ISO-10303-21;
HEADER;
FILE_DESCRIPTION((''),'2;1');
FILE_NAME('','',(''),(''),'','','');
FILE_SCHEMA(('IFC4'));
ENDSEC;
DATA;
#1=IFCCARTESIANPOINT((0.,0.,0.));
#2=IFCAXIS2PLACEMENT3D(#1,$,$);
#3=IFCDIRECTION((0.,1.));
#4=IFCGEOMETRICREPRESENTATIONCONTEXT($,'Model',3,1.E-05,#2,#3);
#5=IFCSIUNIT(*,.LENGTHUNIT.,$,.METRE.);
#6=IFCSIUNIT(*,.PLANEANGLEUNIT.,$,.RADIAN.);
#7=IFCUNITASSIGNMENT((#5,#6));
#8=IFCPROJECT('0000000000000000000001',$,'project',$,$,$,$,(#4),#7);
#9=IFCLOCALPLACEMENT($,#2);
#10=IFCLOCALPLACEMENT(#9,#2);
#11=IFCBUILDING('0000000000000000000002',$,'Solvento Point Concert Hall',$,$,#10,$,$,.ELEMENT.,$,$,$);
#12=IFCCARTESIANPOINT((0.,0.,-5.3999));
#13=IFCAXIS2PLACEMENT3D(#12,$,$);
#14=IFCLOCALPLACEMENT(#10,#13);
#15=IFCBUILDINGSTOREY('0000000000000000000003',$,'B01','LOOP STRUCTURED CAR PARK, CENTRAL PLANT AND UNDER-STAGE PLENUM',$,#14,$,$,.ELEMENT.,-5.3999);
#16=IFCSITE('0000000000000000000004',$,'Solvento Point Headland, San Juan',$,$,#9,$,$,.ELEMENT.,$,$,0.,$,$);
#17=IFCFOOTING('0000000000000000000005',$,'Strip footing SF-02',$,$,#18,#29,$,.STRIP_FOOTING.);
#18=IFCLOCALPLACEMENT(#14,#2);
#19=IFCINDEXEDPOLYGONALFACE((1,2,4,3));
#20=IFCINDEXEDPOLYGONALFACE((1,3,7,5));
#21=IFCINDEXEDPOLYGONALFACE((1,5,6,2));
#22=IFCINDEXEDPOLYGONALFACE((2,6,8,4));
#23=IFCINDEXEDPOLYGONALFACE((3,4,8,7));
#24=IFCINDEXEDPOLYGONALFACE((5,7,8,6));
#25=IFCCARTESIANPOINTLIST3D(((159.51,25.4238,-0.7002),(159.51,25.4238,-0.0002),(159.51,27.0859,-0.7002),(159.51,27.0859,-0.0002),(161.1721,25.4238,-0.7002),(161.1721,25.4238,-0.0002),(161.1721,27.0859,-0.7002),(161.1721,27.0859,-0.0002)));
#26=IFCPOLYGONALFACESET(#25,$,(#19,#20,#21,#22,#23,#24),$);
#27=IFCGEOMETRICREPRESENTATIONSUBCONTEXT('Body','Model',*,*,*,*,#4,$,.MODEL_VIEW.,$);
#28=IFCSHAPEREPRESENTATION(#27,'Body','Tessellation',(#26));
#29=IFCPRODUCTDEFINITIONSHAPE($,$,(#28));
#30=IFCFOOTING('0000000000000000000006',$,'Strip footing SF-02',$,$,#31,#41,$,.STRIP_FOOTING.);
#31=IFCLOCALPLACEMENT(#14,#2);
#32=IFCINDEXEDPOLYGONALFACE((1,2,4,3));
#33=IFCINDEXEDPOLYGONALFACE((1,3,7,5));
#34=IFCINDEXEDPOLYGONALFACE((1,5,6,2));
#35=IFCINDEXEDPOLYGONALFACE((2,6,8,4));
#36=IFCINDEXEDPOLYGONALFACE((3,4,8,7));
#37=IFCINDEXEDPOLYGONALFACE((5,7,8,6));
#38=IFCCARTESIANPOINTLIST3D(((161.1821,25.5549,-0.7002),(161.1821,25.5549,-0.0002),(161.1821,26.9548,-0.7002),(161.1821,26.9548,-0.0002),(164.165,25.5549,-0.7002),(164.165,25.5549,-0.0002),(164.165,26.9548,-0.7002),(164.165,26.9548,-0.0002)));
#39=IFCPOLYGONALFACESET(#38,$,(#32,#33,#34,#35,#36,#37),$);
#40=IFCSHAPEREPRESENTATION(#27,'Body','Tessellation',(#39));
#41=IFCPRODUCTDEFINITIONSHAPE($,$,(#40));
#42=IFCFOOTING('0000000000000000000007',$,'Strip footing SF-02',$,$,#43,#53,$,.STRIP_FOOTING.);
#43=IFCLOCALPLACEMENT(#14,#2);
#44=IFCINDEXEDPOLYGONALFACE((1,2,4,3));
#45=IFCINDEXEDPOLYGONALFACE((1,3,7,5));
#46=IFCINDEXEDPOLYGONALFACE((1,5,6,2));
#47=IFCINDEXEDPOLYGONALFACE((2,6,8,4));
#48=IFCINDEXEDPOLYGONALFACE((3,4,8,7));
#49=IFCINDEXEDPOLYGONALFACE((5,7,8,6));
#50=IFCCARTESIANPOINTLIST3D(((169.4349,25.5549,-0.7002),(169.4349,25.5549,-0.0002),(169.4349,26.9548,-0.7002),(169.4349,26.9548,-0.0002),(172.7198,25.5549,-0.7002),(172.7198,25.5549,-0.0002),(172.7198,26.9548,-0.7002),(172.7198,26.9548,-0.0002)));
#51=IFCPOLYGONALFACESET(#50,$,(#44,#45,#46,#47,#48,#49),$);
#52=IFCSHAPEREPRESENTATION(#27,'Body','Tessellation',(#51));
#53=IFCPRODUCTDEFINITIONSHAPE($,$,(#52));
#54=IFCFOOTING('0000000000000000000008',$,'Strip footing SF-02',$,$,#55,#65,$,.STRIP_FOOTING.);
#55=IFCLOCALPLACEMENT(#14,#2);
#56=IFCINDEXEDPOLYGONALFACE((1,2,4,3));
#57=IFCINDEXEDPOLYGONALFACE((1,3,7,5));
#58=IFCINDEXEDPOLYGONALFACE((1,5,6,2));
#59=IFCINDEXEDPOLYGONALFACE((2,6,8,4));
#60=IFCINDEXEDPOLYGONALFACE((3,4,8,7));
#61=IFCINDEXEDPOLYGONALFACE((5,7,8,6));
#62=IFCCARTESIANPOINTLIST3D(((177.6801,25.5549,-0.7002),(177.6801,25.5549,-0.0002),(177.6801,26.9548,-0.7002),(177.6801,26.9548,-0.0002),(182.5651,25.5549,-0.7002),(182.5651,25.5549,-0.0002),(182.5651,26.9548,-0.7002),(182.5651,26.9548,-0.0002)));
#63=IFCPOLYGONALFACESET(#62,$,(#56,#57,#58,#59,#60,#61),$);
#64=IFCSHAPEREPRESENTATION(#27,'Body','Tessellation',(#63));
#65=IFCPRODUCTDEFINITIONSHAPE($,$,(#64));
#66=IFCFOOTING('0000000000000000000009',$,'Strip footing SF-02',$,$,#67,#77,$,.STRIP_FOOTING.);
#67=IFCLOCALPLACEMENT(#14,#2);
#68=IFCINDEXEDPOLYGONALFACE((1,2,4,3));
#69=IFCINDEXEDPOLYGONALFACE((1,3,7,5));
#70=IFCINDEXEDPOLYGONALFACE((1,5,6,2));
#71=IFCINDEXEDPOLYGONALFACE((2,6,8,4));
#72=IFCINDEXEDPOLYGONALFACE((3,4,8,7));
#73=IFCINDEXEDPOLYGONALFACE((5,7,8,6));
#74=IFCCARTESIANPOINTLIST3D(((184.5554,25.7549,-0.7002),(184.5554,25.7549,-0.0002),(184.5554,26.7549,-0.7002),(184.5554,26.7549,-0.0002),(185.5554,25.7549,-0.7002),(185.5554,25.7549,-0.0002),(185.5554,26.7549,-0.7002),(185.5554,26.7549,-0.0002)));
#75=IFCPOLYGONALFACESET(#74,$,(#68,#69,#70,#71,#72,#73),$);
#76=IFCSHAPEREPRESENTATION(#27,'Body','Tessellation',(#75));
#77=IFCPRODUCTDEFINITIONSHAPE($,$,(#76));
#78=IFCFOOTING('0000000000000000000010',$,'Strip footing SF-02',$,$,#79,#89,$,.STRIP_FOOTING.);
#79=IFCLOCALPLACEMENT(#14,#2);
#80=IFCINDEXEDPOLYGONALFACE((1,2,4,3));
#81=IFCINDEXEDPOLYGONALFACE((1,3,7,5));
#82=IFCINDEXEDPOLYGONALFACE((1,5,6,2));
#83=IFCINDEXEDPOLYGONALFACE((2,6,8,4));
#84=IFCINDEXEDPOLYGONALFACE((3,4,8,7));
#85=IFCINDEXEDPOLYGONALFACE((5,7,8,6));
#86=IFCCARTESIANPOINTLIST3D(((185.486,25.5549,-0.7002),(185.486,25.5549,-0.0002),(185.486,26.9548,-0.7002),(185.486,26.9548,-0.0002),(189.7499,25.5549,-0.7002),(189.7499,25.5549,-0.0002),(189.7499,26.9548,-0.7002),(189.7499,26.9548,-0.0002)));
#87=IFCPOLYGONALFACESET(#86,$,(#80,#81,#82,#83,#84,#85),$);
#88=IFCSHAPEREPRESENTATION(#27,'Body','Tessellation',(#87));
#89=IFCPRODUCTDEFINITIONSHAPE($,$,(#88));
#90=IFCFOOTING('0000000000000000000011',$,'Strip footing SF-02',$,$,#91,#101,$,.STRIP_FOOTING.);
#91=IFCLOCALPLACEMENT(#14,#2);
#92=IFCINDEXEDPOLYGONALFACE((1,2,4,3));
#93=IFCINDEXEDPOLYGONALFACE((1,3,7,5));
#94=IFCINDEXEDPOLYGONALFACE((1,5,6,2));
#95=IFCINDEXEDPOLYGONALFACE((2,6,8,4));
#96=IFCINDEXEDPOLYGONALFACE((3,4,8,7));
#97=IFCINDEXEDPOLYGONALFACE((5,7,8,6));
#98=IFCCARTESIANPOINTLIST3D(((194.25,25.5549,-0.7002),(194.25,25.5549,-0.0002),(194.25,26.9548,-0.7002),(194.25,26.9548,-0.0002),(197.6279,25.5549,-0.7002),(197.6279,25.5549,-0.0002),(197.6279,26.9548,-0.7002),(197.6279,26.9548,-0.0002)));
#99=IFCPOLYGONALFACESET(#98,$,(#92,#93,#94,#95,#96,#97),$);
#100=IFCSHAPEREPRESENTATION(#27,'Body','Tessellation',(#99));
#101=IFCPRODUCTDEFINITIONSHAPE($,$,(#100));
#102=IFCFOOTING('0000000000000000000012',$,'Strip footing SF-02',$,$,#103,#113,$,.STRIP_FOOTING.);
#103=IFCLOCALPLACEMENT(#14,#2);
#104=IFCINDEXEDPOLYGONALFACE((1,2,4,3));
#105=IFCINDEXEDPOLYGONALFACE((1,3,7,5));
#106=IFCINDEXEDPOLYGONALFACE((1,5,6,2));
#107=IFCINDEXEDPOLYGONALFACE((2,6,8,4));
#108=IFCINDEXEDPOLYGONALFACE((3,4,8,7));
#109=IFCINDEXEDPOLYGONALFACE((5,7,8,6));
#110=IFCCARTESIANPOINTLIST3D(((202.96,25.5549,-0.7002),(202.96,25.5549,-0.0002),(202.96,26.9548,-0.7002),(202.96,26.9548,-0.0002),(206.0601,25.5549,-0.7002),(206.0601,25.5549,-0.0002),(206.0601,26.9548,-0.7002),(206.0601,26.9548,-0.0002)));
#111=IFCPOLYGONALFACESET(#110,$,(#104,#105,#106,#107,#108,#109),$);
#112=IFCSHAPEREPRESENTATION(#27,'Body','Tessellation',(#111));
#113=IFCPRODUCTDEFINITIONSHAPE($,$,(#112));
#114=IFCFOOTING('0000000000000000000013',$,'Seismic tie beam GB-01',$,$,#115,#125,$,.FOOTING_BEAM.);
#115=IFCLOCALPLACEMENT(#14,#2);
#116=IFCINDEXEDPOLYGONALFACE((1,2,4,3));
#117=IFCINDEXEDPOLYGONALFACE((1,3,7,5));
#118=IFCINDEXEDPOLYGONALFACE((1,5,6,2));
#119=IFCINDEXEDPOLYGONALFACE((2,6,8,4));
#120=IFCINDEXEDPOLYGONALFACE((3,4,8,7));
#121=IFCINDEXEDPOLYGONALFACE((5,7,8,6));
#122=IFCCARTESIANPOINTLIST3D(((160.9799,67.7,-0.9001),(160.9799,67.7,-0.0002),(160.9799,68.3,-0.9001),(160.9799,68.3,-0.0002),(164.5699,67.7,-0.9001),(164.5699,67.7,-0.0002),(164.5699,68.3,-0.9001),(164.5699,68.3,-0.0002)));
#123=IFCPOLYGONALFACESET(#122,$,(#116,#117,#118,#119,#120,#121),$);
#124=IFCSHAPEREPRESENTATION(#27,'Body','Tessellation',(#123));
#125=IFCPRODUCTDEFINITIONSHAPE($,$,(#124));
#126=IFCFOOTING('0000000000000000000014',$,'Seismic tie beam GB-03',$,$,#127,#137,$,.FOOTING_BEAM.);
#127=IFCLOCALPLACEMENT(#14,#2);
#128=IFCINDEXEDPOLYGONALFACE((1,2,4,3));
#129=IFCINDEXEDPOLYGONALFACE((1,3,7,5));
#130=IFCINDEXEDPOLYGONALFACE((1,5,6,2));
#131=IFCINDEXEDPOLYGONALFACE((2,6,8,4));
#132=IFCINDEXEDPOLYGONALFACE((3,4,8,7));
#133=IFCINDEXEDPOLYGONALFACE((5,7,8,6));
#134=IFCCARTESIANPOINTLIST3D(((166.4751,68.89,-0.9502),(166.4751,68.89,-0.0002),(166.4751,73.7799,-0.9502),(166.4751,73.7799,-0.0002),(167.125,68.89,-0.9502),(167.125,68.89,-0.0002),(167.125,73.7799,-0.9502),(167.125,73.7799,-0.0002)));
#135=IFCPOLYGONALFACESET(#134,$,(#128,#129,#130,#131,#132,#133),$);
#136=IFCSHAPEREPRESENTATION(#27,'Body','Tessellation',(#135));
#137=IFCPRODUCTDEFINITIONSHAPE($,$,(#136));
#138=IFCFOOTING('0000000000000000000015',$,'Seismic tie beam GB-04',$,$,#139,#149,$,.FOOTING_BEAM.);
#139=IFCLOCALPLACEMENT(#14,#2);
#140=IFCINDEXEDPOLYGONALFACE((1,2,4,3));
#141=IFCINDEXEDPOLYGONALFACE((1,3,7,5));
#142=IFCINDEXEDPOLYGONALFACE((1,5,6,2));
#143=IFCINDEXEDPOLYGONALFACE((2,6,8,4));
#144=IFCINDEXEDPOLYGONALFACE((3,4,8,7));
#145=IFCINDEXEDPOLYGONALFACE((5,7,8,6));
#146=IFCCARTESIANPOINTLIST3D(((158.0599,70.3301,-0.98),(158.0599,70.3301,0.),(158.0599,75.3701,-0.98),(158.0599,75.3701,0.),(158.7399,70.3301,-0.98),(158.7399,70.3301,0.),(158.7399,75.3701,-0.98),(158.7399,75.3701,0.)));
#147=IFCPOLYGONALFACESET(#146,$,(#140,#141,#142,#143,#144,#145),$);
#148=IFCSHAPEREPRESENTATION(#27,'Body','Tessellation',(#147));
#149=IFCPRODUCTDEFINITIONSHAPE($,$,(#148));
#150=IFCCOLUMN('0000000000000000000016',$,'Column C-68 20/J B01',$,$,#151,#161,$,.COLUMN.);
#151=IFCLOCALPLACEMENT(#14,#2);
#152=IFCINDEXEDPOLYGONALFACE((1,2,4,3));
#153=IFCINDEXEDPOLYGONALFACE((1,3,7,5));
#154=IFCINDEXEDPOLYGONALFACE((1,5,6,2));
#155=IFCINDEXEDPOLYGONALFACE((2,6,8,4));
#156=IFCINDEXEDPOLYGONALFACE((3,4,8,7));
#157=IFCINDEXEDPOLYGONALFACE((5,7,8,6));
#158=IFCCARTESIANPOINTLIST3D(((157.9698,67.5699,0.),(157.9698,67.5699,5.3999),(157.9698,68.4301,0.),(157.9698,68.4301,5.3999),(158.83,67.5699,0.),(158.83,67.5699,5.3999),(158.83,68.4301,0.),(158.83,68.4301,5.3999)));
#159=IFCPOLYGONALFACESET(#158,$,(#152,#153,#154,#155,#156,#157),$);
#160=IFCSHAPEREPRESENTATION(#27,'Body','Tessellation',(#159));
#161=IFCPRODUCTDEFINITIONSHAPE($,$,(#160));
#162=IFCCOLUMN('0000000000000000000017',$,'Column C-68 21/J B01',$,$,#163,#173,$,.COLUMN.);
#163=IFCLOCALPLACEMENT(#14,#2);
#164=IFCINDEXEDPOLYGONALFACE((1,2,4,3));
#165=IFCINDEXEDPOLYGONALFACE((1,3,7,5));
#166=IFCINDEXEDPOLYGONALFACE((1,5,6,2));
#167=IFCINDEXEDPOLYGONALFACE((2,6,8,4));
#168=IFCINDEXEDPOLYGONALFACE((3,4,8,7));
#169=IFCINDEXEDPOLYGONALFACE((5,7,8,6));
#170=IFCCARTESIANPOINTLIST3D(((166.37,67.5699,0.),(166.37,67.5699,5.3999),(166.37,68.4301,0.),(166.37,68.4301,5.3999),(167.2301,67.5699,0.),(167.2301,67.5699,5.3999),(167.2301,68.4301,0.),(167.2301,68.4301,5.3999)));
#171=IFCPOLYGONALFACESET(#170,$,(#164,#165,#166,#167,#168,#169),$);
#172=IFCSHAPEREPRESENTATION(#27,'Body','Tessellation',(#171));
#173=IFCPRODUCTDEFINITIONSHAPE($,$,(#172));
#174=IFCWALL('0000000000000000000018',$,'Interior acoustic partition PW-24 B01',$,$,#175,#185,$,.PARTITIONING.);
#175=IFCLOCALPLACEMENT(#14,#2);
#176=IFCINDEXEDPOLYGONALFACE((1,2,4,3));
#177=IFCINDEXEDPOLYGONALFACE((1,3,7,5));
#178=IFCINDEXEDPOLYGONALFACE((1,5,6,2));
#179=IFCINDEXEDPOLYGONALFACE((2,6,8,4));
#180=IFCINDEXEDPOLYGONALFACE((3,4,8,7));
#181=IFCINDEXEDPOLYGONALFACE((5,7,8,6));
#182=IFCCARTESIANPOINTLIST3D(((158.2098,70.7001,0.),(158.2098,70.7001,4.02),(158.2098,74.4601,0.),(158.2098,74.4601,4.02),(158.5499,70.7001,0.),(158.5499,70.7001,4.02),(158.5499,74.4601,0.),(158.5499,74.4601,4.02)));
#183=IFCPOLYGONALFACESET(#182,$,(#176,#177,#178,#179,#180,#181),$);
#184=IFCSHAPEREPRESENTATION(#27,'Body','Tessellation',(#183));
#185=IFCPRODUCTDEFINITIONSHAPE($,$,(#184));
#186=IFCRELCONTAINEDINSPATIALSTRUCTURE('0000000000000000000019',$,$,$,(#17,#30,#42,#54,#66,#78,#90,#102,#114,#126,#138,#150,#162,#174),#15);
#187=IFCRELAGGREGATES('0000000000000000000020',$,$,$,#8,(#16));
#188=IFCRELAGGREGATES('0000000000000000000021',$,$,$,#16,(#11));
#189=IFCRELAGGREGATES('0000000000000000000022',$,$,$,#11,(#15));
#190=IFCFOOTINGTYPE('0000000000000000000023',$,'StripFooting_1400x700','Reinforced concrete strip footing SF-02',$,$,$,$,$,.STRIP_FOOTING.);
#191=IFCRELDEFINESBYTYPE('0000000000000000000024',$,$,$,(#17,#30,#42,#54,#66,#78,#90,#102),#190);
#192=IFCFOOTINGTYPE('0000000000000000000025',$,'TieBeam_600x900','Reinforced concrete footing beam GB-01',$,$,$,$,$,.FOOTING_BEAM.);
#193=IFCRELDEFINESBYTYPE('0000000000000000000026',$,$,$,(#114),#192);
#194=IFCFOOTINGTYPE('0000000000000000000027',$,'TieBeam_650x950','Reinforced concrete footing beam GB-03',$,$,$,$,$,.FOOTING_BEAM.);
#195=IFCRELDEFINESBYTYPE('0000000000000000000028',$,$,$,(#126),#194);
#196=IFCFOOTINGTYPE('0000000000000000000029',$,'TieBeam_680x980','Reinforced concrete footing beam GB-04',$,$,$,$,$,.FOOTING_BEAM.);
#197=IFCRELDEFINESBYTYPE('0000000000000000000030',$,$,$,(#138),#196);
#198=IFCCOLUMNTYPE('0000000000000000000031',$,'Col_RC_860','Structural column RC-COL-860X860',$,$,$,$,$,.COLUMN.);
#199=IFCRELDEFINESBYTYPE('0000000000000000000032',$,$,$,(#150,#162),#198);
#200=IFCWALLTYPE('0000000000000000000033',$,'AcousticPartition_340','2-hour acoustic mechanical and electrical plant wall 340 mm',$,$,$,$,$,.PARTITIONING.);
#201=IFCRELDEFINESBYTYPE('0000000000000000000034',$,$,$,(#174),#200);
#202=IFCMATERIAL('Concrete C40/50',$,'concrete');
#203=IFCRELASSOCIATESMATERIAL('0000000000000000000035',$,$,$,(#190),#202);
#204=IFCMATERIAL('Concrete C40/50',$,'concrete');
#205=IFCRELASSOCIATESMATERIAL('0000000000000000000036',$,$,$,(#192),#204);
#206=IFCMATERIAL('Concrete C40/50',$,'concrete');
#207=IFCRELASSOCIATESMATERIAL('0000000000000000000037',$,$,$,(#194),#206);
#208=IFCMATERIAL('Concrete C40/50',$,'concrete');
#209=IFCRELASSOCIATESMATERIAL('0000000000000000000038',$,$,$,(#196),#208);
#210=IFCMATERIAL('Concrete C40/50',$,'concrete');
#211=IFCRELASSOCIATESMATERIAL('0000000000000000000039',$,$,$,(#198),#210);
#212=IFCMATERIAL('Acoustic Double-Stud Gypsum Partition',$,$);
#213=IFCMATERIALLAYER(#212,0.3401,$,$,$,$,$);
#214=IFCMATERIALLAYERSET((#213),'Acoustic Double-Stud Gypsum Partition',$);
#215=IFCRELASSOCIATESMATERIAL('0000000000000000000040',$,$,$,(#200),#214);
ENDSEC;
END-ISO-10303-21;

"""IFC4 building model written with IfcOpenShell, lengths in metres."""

from ifc_helpers import new_model, si_unit, direction, frame, frame_2d, origin, origin_2d, place, context, subcontext, project, spatial, rectangle, extrude, material, layer, layer_set, material_profile, profile_set, type_object, element, save


model = new_model("IFC4")

# Units and contexts
model_context = context("Model", 3, precision=1e-05, world=origin(), true_north=direction((0.0, 1.0)))
body_context = subcontext(model_context, "Body", "Model", "MODEL_VIEW")
ifc_project = project(units=[si_unit("LENGTHUNIT", "METRE"), si_unit("PLANEANGLEUNIT", "RADIAN")], contexts=[model_context])

# Site, building, storey
site_placement = place(None, origin())
site = spatial("IfcSite", under=ifc_project, at=site_placement, Name="Solvento Point Headland, San Juan", CompositionType="ELEMENT", RefElevation=0.0)
building_placement = place(site_placement, origin())
building = spatial("IfcBuilding", under=site, at=building_placement, Name="Solvento Point Concert Hall", CompositionType="ELEMENT")
storey_placement = place(building_placement, frame((0.0, 0.0, -5.3999)))
storey = spatial("IfcBuildingStorey", under=building, at=storey_placement, Name="B01", Description="LOOP STRUCTURED CAR PARK, CENTRAL PLANT AND UNDER-STAGE PLENUM", CompositionType="ELEMENT", Elevation=-5.3999)

# Footings
ifc_material_1 = material(Name="Concrete C40/50", Category="concrete")
footing_type_1 = type_object("IfcFootingType", Name="StripFooting_1400x700", Description="Reinforced concrete strip footing SF-02", PredefinedType="STRIP_FOOTING", material=ifc_material_1)
footing_1_placement = place(storey_placement, frame((160.3411, 26.2549, -0.7002), z_axis=(0.0, 0.0, 1.0), x_axis=(1.0, 0.0, 0.0)))
element("IfcFooting", 1, at=footing_1_placement, inside=storey, type_object=footing_type_1, Name="Strip footing SF-02", PredefinedType="STRIP_FOOTING", context=body_context, shape_type="SweptSolid", body=[
    extrude(rectangle(XDim=1.6621, YDim=1.6621, at=origin_2d()), origin(), (0.0, 0.0, 1.0), 0.7),
])
footing_2_placement = place(storey_placement, frame((162.6736, 26.2549, -0.7002), z_axis=(0.0, 0.0, 1.0), x_axis=(1.0, 0.0, 0.0)))
element("IfcFooting", 2, at=footing_2_placement, inside=storey, type_object=footing_type_1, Name="Strip footing SF-02", PredefinedType="STRIP_FOOTING", context=body_context, shape_type="SweptSolid", body=[
    extrude(rectangle(XDim=2.9829, YDim=1.3999, at=origin_2d()), origin(), (0.0, 0.0, 1.0), 0.7),
])
footing_3_placement = place(storey_placement, frame((171.0774, 26.2549, -0.7002), z_axis=(0.0, 0.0, 1.0), x_axis=(1.0, 0.0, 0.0)))
element("IfcFooting", 3, at=footing_3_placement, inside=storey, type_object=footing_type_1, Name="Strip footing SF-02", PredefinedType="STRIP_FOOTING", context=body_context, shape_type="SweptSolid", body=[
    extrude(rectangle(XDim=3.2849, YDim=1.3999, at=origin_2d()), origin(), (0.0, 0.0, 1.0), 0.7),
])
footing_4_placement = place(storey_placement, frame((180.1226, 26.2549, -0.7002), z_axis=(0.0, 0.0, 1.0), x_axis=(1.0, 0.0, 0.0)))
element("IfcFooting", 4, at=footing_4_placement, inside=storey, type_object=footing_type_1, Name="Strip footing SF-02", PredefinedType="STRIP_FOOTING", context=body_context, shape_type="SweptSolid", body=[
    extrude(rectangle(XDim=4.885, YDim=1.3999, at=origin_2d()), origin(), (0.0, 0.0, 1.0), 0.7),
])
footing_5_placement = place(storey_placement, frame((185.0554, 26.2549, -0.7002), z_axis=(0.0, 0.0, 1.0), x_axis=(1.0, 0.0, 0.0)))
element("IfcFooting", 5, at=footing_5_placement, inside=storey, type_object=footing_type_1, Name="Strip footing SF-02", PredefinedType="STRIP_FOOTING", context=body_context, shape_type="SweptSolid", body=[
    extrude(rectangle(XDim=1.0, YDim=1.0, at=origin_2d()), origin(), (0.0, 0.0, 1.0), 0.7),
])
footing_6_placement = place(storey_placement, frame((187.6179, 26.2549, -0.7002), z_axis=(0.0, 0.0, 1.0), x_axis=(1.0, 0.0, 0.0)))
element("IfcFooting", 6, at=footing_6_placement, inside=storey, type_object=footing_type_1, Name="Strip footing SF-02", PredefinedType="STRIP_FOOTING", context=body_context, shape_type="SweptSolid", body=[
    extrude(rectangle(XDim=4.2639, YDim=1.3999, at=origin_2d()), origin(), (0.0, 0.0, 1.0), 0.7),
])
footing_7_placement = place(storey_placement, frame((195.939, 26.2549, -0.7002), z_axis=(0.0, 0.0, 1.0), x_axis=(1.0, 0.0, 0.0)))
element("IfcFooting", 7, at=footing_7_placement, inside=storey, type_object=footing_type_1, Name="Strip footing SF-02", PredefinedType="STRIP_FOOTING", context=body_context, shape_type="SweptSolid", body=[
    extrude(rectangle(XDim=3.3779, YDim=1.3999, at=origin_2d()), origin(), (0.0, 0.0, 1.0), 0.7),
])
footing_8_placement = place(storey_placement, frame((204.51, 26.2549, -0.7002), z_axis=(0.0, 0.0, 1.0), x_axis=(1.0, 0.0, 0.0)))
element("IfcFooting", 8, at=footing_8_placement, inside=storey, type_object=footing_type_1, Name="Strip footing SF-02", PredefinedType="STRIP_FOOTING", context=body_context, shape_type="SweptSolid", body=[
    extrude(rectangle(XDim=3.1001, YDim=1.3999, at=origin_2d()), origin(), (0.0, 0.0, 1.0), 0.7),
])
ifc_material_2 = material(Name="Concrete C40/50", Category="concrete")
footing_type_2 = type_object("IfcFootingType", Name="TieBeam_600x900", Description="Reinforced concrete footing beam GB-01", PredefinedType="FOOTING_BEAM", material=ifc_material_2)
footing_9_placement = place(storey_placement, frame((162.7749, 68.0, -0.9001), z_axis=(0.0, 0.0, 1.0), x_axis=(1.0, 0.0, 0.0)))
element("IfcFooting", 9, at=footing_9_placement, inside=storey, type_object=footing_type_2, Name="Seismic tie beam GB-01", PredefinedType="FOOTING_BEAM", context=body_context, shape_type="SweptSolid", body=[
    extrude(rectangle(XDim=3.5901, YDim=0.6001, at=origin_2d()), origin(), (0.0, 0.0, 1.0), 0.8999),
])
ifc_material_3 = material(Name="Concrete C40/50", Category="concrete")
footing_type_3 = type_object("IfcFootingType", Name="TieBeam_650x950", Description="Reinforced concrete footing beam GB-03", PredefinedType="FOOTING_BEAM", material=ifc_material_3)
footing_10_placement = place(storey_placement, frame((166.8, 71.335, -0.9502), z_axis=(0.0, 0.0, 1.0), x_axis=(0.0, 1.0, 0.0)))
element("IfcFooting", 10, at=footing_10_placement, inside=storey, type_object=footing_type_3, Name="Seismic tie beam GB-03", PredefinedType="FOOTING_BEAM", context=body_context, shape_type="SweptSolid", body=[
    extrude(rectangle(XDim=4.8899, YDim=0.6499, at=origin_2d()), origin(), (0.0, 0.0, 1.0), 0.95),
])
ifc_material_4 = material(Name="Concrete C40/50", Category="concrete")
footing_type_4 = type_object("IfcFootingType", Name="TieBeam_680x980", Description="Reinforced concrete footing beam GB-04", PredefinedType="FOOTING_BEAM", material=ifc_material_4)
footing_11_placement = place(storey_placement, frame((158.3999, 72.8501, -0.98), z_axis=(0.0, 0.0, 1.0), x_axis=(0.0, 1.0, 0.0)))
element("IfcFooting", 11, at=footing_11_placement, inside=storey, type_object=footing_type_4, Name="Seismic tie beam GB-04", PredefinedType="FOOTING_BEAM", context=body_context, shape_type="SweptSolid", body=[
    extrude(rectangle(XDim=5.04, YDim=0.6799, at=origin_2d()), origin(), (0.0, 0.0, 1.0), 0.98),
])

# Columns
ifc_material_5 = material(Name="Concrete C40/50", Category="concrete")
ifc_material_profile_1 = material_profile(ifc_material_5, rectangle(XDim=0.8601, YDim=0.8601, at=origin_2d()), Name="RC-COL-860X860")
ifc_profile_set_1 = profile_set([ifc_material_profile_1], Name="Concrete C40/50")
column_type = type_object("IfcColumnType", Name="Col_RC_860", Description="Structural column RC-COL-860X860", PredefinedType="COLUMN", material=ifc_profile_set_1)
for number, where, z_axis, x_axis, name in (
    (12, (158.3999, 68.0, 0.0), (0.0, 0.0, 1.0), (1.0, 0.0, 0.0), "Column C-68 20/J B01"),
    (13, (166.8, 68.0, 0.0), (0.0, 0.0, 1.0), (1.0, 0.0, 0.0), "Column C-68 21/J B01"),
):
    element("IfcColumn", number, at=place(storey_placement, frame(where, z_axis=z_axis, x_axis=x_axis)), inside=storey, type_object=column_type, Name=name, PredefinedType="COLUMN", context=body_context, shape_type="SweptSolid", body=[
        extrude(rectangle(XDim=0.8601, YDim=0.8601, at=origin_2d()), origin(), (0.0, 0.0, 1.0), 5.3999),
    ])

# Wall
ifc_material_6 = material(Name="Acoustic Double-Stud Gypsum Partition")
ifc_layer_1 = layer(ifc_material_6, 0.3401)
ifc_layer_set_1 = layer_set([ifc_layer_1], Name="Acoustic Double-Stud Gypsum Partition")
wall_type_1 = type_object("IfcWallType", Name="AcousticPartition_340", Description="2-hour acoustic mechanical and electrical plant wall 340 mm", PredefinedType="PARTITIONING", material=ifc_layer_set_1)
wall_1_placement = place(storey_placement, frame((158.3799, 74.46, 0.0), z_axis=(0.0, 0.0, 1.0), x_axis=(0.0, -1.0, 0.0)))
element("IfcWall", 14, at=wall_1_placement, inside=storey, type_object=wall_type_1, Name="Interior acoustic partition PW-24 B01", PredefinedType="PARTITIONING", context=body_context, shape_type="SweptSolid", body=[
    extrude(rectangle(XDim=3.76, YDim=0.3401, at=frame_2d((1.8799, 0.0))), origin(), (0.0, 0.0, 1.0), 4.02),
])

save(model, "model.ifc")
